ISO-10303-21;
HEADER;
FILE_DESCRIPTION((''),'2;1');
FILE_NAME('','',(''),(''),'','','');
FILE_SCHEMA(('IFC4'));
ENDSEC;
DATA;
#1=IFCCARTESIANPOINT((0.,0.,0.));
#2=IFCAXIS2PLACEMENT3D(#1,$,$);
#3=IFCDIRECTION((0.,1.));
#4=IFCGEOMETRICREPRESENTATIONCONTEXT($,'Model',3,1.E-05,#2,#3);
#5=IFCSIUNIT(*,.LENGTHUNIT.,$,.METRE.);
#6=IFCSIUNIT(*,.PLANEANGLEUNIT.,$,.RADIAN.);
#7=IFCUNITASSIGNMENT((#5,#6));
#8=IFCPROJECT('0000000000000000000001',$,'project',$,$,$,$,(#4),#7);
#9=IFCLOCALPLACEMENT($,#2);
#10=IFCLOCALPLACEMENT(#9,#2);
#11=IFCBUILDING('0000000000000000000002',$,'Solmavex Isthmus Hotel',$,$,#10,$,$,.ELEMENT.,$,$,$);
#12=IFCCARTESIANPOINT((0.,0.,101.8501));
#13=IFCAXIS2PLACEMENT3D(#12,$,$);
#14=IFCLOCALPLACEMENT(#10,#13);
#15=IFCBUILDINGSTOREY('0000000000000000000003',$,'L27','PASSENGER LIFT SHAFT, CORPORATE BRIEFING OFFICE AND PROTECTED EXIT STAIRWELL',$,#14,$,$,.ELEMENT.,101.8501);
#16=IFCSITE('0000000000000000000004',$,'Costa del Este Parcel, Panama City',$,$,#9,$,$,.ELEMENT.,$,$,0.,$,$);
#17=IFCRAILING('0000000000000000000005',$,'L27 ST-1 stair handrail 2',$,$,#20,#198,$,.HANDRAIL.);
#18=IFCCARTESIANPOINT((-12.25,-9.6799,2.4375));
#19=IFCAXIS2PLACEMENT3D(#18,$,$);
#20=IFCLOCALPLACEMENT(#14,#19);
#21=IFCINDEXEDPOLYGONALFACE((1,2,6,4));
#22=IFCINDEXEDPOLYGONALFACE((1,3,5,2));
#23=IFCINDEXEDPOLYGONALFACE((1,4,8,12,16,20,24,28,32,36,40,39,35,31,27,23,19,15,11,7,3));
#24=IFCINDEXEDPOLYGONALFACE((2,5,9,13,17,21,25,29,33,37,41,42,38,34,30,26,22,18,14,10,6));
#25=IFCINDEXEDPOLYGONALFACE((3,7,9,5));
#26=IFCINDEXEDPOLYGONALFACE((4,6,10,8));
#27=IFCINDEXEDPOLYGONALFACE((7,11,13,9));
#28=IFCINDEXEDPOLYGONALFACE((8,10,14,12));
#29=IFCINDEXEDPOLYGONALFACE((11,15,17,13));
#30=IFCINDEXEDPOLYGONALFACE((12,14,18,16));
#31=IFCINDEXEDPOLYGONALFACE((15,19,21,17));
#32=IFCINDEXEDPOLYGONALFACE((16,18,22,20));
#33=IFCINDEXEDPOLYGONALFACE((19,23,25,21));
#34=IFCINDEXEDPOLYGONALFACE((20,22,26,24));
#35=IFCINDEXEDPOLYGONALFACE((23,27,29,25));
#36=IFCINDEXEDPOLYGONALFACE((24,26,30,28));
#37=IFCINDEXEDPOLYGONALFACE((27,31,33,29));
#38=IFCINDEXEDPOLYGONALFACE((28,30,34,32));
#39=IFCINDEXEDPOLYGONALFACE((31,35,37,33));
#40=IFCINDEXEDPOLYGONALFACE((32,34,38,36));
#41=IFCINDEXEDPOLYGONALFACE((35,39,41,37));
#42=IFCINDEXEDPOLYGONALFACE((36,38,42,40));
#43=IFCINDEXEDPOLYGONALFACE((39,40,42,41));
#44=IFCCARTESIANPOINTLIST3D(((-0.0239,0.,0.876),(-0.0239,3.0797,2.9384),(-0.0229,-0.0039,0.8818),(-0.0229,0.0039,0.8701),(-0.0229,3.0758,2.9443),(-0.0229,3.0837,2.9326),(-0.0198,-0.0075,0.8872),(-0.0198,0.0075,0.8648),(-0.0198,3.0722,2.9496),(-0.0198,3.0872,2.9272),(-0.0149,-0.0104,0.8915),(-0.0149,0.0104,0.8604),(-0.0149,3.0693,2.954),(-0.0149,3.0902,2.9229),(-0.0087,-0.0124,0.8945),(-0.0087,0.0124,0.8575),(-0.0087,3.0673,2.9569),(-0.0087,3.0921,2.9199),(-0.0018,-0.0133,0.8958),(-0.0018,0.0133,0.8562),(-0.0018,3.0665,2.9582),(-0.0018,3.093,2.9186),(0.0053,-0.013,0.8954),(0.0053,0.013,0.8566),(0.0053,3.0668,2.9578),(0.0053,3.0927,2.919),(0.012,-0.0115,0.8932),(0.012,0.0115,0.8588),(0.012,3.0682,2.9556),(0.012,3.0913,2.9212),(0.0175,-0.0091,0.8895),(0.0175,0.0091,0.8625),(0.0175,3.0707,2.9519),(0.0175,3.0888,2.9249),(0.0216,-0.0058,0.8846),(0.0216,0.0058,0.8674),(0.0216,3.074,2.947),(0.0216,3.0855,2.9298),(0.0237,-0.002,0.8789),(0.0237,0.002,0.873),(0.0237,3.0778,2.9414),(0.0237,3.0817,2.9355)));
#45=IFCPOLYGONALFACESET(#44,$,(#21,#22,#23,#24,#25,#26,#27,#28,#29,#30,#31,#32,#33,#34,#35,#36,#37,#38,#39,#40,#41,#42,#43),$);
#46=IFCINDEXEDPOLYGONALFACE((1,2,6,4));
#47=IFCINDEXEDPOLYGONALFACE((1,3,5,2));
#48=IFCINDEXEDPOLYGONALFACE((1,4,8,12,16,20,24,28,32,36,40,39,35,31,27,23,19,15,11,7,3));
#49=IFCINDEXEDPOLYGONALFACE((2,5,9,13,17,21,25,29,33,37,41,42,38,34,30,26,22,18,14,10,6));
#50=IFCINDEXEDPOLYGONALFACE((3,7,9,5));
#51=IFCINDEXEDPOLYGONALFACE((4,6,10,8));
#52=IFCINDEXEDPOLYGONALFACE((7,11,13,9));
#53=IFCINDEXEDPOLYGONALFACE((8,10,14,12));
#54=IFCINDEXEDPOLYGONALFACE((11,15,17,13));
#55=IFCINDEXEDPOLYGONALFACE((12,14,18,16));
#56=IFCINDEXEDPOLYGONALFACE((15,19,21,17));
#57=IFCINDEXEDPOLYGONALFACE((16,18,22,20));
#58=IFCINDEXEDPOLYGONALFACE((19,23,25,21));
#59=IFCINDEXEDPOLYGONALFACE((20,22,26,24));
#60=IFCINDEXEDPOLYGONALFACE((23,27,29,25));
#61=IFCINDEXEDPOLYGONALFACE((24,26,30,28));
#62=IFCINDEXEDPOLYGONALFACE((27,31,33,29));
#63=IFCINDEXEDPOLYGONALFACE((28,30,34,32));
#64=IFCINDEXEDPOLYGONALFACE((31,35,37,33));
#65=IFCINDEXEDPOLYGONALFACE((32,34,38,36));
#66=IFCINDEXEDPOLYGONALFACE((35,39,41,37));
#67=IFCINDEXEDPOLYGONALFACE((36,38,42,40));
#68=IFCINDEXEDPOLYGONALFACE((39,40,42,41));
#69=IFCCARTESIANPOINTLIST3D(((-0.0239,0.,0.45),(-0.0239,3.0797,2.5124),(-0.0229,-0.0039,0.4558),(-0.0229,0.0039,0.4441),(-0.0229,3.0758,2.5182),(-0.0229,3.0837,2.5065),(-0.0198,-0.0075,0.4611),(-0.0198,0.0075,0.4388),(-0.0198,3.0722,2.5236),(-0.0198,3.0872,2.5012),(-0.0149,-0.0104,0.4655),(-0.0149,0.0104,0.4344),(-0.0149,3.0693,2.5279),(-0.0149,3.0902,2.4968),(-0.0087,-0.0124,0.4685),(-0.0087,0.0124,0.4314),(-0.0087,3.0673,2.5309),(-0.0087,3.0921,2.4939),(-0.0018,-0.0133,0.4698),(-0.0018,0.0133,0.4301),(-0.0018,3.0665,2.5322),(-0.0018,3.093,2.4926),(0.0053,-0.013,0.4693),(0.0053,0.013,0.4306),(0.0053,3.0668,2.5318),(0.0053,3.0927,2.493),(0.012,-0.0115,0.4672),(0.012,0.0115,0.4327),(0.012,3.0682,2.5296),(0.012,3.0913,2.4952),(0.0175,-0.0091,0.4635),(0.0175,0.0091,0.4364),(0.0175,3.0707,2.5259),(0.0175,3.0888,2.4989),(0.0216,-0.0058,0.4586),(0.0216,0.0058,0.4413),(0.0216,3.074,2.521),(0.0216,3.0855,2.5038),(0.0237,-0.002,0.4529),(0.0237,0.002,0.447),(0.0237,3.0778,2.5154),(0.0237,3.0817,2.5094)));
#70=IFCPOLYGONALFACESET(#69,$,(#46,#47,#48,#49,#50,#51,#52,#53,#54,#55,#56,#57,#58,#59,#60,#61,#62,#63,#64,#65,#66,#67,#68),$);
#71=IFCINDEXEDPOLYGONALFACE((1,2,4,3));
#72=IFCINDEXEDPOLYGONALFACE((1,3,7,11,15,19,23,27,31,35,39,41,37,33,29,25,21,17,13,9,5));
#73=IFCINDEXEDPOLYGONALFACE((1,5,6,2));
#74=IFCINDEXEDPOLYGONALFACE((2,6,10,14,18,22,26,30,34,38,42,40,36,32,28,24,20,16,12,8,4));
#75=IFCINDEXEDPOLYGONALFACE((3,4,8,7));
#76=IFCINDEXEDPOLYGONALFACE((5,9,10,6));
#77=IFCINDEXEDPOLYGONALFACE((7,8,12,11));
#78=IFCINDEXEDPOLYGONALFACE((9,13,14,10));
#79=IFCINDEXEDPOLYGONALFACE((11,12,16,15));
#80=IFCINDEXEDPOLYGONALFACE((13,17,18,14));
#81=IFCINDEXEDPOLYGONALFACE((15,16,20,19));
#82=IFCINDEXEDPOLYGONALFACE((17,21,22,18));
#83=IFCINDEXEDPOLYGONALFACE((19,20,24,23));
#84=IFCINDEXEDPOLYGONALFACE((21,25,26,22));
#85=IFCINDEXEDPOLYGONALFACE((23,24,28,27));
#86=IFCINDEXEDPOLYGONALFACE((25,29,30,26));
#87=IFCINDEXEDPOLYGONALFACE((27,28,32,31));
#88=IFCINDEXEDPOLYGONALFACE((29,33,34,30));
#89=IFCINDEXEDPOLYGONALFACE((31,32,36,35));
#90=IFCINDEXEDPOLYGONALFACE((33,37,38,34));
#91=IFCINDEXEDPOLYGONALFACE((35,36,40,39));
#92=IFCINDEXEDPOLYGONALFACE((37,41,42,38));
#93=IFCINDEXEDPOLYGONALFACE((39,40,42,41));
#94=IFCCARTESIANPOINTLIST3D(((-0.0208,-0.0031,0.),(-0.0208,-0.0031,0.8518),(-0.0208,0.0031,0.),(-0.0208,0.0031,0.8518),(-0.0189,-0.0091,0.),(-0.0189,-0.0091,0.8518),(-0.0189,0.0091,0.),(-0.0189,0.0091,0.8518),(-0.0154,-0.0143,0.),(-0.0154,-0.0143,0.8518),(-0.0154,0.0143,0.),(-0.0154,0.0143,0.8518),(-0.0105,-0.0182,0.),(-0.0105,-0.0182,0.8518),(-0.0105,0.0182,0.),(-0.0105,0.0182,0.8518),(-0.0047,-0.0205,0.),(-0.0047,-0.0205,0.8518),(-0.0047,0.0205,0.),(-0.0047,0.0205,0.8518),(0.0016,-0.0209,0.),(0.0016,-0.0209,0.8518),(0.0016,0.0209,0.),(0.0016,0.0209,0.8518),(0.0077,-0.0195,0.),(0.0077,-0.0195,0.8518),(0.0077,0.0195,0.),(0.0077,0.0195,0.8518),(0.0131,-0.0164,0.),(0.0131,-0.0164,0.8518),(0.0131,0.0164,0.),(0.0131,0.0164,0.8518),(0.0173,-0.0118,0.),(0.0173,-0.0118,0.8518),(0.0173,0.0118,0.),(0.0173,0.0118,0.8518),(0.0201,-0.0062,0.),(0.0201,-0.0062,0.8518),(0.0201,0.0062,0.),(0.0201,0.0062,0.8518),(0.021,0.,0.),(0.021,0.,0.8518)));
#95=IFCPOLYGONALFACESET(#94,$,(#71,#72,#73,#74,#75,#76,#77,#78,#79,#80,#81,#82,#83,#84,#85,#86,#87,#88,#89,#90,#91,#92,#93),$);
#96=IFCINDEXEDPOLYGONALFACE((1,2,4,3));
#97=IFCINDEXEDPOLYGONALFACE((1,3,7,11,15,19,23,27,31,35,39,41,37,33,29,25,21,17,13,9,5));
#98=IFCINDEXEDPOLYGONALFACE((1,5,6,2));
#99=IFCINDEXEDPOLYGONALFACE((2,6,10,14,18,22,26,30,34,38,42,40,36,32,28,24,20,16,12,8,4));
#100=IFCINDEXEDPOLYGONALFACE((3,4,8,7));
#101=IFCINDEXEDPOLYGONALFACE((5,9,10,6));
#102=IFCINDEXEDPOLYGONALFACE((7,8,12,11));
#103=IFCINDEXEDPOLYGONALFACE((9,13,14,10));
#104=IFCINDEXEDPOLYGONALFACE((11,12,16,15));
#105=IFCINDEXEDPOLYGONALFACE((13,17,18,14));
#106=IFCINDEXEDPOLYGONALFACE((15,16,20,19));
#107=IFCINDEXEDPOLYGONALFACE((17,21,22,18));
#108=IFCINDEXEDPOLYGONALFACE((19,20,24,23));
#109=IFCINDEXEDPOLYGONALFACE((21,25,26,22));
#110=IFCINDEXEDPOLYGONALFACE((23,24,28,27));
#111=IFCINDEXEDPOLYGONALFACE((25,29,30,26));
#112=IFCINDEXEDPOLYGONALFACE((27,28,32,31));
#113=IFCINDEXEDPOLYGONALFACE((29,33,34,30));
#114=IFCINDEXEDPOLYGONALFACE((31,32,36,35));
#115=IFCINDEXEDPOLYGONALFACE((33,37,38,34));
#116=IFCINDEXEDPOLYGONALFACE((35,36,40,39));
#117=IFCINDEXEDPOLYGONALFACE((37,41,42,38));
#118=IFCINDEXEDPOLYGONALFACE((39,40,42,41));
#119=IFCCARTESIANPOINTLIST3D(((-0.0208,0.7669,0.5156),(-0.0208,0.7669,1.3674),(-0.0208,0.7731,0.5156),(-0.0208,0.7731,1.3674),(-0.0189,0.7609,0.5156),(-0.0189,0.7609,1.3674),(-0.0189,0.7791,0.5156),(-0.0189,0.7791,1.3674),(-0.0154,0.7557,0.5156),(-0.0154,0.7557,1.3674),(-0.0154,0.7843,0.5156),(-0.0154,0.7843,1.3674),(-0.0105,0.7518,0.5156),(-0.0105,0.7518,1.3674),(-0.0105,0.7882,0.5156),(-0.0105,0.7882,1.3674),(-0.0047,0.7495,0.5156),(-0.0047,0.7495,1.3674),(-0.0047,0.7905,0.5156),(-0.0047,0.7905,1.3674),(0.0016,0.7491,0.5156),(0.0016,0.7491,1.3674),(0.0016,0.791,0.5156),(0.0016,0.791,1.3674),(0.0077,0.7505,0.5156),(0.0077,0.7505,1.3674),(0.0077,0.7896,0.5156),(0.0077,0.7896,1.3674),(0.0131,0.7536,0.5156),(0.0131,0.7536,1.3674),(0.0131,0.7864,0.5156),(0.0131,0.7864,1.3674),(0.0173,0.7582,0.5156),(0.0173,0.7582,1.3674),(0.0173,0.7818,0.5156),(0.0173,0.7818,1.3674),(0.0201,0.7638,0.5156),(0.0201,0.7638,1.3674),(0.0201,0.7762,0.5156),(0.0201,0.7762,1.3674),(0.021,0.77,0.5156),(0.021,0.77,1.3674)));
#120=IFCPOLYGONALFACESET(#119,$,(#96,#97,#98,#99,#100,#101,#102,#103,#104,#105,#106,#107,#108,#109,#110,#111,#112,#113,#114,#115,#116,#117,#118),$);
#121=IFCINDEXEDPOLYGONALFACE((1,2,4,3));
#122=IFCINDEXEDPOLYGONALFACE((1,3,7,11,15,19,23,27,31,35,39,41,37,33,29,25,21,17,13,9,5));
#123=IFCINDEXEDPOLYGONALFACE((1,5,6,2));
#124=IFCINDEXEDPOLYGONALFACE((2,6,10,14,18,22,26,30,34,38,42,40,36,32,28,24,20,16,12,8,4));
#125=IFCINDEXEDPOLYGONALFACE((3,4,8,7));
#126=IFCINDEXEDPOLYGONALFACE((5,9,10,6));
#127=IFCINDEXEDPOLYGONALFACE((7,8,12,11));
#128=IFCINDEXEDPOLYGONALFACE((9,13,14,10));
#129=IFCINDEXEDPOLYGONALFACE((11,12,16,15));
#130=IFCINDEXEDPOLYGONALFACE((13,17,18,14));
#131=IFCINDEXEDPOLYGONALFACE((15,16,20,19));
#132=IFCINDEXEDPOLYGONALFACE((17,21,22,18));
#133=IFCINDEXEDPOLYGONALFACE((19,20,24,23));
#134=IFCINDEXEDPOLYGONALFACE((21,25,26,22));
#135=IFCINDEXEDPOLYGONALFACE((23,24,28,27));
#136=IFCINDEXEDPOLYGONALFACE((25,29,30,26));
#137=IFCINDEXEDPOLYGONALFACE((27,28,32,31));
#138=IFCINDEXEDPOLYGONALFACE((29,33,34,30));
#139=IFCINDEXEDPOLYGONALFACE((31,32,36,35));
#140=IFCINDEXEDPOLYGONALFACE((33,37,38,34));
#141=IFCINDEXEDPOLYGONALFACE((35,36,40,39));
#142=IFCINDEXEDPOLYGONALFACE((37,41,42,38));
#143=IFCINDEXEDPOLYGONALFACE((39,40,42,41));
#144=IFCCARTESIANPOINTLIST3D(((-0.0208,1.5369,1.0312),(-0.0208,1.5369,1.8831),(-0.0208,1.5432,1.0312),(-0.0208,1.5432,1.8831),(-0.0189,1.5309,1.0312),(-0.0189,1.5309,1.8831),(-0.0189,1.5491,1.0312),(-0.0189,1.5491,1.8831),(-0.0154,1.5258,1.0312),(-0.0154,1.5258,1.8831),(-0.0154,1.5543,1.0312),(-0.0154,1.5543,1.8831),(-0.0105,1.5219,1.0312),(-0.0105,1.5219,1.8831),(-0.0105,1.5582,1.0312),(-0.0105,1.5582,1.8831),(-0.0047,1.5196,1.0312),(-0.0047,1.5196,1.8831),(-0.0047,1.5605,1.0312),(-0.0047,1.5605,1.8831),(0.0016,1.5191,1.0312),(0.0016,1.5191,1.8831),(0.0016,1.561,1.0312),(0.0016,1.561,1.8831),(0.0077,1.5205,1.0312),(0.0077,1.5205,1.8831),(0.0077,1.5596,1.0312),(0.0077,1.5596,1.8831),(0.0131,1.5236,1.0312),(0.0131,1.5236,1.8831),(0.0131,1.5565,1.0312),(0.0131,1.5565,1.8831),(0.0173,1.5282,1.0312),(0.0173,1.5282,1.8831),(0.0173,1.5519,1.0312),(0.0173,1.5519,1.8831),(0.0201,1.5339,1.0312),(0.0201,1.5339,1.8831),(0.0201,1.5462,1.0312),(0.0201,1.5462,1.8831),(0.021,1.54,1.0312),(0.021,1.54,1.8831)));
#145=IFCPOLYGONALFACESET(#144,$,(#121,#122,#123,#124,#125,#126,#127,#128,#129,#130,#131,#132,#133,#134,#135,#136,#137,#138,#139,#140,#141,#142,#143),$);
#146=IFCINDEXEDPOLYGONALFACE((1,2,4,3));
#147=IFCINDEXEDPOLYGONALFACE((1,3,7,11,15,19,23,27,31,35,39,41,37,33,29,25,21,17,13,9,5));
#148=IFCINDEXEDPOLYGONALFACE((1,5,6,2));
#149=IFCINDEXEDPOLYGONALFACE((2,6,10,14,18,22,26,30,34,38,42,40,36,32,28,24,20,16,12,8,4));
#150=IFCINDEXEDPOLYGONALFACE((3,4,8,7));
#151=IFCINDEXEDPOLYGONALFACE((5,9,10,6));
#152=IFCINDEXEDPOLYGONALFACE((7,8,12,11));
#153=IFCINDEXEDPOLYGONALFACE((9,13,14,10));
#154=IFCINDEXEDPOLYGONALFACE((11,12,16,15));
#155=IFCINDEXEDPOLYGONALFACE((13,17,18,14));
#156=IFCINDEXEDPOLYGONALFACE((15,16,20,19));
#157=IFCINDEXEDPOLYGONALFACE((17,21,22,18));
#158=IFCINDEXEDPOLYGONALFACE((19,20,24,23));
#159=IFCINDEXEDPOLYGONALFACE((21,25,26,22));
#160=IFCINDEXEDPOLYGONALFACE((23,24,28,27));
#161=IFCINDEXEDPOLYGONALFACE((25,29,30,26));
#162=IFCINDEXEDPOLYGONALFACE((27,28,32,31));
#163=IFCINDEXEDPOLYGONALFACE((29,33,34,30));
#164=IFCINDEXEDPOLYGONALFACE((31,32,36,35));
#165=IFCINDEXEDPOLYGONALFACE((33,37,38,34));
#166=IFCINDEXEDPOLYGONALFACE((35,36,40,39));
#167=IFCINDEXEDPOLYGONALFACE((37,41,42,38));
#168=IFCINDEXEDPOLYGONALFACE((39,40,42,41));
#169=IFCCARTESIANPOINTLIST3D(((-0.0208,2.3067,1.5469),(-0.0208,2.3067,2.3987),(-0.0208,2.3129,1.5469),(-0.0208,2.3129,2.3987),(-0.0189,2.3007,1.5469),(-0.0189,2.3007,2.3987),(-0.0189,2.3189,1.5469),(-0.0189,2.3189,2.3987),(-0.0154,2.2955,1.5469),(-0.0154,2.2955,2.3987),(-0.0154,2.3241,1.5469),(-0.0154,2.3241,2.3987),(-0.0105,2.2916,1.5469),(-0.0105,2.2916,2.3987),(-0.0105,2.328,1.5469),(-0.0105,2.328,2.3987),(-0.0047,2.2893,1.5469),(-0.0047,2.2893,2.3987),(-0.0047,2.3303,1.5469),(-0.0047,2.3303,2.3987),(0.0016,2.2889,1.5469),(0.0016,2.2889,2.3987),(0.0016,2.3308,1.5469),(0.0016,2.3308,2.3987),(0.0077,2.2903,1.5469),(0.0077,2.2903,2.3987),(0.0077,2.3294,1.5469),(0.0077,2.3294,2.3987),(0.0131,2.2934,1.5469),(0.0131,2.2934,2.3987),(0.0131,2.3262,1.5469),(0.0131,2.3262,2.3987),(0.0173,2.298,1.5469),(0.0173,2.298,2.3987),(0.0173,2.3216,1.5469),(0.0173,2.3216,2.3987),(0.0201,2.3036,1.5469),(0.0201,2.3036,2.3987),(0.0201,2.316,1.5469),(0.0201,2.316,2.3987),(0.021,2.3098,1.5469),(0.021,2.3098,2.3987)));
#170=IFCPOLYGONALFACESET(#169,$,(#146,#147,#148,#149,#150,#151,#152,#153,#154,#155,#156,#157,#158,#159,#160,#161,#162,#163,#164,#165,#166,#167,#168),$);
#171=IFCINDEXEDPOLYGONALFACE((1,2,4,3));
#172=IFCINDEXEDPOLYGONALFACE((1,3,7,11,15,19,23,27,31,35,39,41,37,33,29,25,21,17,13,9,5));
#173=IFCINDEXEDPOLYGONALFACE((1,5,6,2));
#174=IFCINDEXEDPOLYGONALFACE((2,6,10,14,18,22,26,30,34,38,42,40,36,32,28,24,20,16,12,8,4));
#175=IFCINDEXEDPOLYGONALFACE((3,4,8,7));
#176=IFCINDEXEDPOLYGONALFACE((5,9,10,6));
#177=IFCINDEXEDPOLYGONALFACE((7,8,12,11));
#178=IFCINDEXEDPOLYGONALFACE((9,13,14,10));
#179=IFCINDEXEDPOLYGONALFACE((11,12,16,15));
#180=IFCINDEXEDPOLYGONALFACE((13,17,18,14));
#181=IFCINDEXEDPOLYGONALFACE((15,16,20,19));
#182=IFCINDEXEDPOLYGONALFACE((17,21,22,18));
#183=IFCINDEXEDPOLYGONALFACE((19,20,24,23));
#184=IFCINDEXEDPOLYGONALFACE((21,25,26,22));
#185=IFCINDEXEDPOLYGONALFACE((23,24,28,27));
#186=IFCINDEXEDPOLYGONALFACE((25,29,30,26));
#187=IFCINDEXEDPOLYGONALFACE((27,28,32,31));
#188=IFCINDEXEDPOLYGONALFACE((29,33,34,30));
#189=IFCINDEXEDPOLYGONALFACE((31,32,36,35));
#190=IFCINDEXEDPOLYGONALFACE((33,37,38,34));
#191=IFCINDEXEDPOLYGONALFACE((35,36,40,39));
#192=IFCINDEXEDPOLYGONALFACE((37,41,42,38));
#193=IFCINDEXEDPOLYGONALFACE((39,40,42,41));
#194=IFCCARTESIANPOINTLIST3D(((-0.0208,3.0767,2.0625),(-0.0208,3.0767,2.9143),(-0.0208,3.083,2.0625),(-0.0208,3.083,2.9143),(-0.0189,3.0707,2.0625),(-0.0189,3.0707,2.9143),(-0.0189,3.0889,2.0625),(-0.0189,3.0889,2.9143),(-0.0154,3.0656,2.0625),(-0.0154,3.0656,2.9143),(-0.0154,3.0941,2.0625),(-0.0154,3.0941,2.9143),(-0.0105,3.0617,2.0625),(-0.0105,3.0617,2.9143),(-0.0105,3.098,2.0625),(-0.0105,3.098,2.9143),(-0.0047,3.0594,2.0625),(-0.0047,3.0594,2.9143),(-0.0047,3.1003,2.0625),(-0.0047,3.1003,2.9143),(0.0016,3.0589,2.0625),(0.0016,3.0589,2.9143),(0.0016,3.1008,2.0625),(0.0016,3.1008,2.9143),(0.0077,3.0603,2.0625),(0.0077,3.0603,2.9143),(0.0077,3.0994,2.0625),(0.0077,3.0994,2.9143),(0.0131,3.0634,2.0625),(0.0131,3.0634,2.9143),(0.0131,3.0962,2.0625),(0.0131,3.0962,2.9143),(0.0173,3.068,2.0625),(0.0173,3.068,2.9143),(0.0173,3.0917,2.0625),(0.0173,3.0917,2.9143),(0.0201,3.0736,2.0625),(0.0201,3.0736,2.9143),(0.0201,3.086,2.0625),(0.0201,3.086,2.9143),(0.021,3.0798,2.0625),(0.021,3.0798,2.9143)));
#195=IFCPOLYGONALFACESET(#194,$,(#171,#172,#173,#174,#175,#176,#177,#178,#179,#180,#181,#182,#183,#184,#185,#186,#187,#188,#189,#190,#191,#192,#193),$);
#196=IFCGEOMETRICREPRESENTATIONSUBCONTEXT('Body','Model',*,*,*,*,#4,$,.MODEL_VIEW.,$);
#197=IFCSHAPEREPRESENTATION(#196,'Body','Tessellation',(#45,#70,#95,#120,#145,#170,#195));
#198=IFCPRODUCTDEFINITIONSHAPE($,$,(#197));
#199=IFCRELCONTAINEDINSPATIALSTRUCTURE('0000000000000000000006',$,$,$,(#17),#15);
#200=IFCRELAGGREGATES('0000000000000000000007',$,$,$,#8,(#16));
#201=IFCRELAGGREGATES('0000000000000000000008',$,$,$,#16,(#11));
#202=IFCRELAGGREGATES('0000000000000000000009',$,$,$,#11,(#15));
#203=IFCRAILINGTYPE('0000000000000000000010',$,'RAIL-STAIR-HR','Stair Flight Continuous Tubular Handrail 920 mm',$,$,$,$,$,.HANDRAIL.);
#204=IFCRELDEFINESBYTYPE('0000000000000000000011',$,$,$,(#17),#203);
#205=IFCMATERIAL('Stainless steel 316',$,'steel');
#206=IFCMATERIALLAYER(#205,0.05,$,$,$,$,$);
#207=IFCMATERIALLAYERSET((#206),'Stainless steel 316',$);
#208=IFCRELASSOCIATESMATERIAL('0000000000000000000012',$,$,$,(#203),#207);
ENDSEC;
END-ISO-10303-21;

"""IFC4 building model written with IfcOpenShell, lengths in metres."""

from ifc_helpers import new_model, si_unit, direction, frame, origin, origin_2d, place, context, subcontext, project, spatial, circle, extrude, material, layer, layer_set, type_object, element, save


model = new_model("IFC4")

# Units and contexts
model_context = context("Model", 3, precision=1e-05, world=origin(), true_north=direction((0.0, 1.0)))
body_context = subcontext(model_context, "Body", "Model", "MODEL_VIEW")
ifc_project = project(units=[si_unit("LENGTHUNIT", "METRE"), si_unit("PLANEANGLEUNIT", "RADIAN")], contexts=[model_context])

# Site, building, storey
site_placement = place(None, origin())
site = spatial("IfcSite", under=ifc_project, at=site_placement, Name="Costa del Este Parcel, Panama City", CompositionType="ELEMENT", RefElevation=0.0)
building_placement = place(site_placement, origin())
building = spatial("IfcBuilding", under=site, at=building_placement, Name="Solmavex Isthmus Hotel", CompositionType="ELEMENT")
storey_placement = place(building_placement, frame((0.0, 0.0, 101.8501)))
storey = spatial("IfcBuildingStorey", under=building, at=storey_placement, Name="L27", Description="PASSENGER LIFT SHAFT, CORPORATE BRIEFING OFFICE AND PROTECTED EXIT STAIRWELL", CompositionType="ELEMENT", Elevation=101.8501)

# Shared definitions
ifc_material_1 = material(Name="Stainless steel 316", Category="steel")

# Railing
ifc_layer_1 = layer(ifc_material_1, 0.05)
ifc_layer_set_1 = layer_set([ifc_layer_1], Name="Stainless steel 316")
railing_type = type_object("IfcRailingType", Name="RAIL-STAIR-HR", Description="Stair Flight Continuous Tubular Handrail 920 mm", PredefinedType="HANDRAIL", material=ifc_layer_set_1)
railing_placement = place(storey_placement, frame((-12.25, -9.6799, 2.4375)))
element("IfcRailing", 1, at=railing_placement, inside=storey, type_object=railing_type, Name="L27 ST-1 stair handrail 2", PredefinedType="HANDRAIL", context=body_context, shape_type="SweptSolid", body=[
    extrude(circle(Radius=0.0239, at=origin_2d()), frame((0.0, 0.0, 0.876), z_axis=(0.0, 0.830893, 0.556432), x_axis=(-1.0, 0.0, 0.0)), (0.0, 0.0, 1.0), 3.7065),
    extrude(circle(Radius=0.0239, at=origin_2d()), frame((0.0, 0.0, 0.45), z_axis=(0.0, 0.830893, 0.556432), x_axis=(-1.0, 0.0, 0.0)), (0.0, 0.0, 1.0), 3.7065),
    extrude(circle(Radius=0.021, at=origin_2d()), origin(), (0.0, 0.0, 1.0), 0.8518),
    extrude(circle(Radius=0.021, at=origin_2d()), frame((0.0, 0.77, 0.5156)), (0.0, 0.0, 1.0), 0.8518),
    extrude(circle(Radius=0.021, at=origin_2d()), frame((0.0, 1.54, 1.0312)), (0.0, 0.0, 1.0), 0.8518),
    extrude(circle(Radius=0.021, at=origin_2d()), frame((0.0, 2.3098, 1.5469)), (0.0, 0.0, 1.0), 0.8518),
    extrude(circle(Radius=0.021, at=origin_2d()), frame((0.0, 3.0798, 2.0625)), (0.0, 0.0, 1.0), 0.8518),
])

save(model, "model.ifc")
